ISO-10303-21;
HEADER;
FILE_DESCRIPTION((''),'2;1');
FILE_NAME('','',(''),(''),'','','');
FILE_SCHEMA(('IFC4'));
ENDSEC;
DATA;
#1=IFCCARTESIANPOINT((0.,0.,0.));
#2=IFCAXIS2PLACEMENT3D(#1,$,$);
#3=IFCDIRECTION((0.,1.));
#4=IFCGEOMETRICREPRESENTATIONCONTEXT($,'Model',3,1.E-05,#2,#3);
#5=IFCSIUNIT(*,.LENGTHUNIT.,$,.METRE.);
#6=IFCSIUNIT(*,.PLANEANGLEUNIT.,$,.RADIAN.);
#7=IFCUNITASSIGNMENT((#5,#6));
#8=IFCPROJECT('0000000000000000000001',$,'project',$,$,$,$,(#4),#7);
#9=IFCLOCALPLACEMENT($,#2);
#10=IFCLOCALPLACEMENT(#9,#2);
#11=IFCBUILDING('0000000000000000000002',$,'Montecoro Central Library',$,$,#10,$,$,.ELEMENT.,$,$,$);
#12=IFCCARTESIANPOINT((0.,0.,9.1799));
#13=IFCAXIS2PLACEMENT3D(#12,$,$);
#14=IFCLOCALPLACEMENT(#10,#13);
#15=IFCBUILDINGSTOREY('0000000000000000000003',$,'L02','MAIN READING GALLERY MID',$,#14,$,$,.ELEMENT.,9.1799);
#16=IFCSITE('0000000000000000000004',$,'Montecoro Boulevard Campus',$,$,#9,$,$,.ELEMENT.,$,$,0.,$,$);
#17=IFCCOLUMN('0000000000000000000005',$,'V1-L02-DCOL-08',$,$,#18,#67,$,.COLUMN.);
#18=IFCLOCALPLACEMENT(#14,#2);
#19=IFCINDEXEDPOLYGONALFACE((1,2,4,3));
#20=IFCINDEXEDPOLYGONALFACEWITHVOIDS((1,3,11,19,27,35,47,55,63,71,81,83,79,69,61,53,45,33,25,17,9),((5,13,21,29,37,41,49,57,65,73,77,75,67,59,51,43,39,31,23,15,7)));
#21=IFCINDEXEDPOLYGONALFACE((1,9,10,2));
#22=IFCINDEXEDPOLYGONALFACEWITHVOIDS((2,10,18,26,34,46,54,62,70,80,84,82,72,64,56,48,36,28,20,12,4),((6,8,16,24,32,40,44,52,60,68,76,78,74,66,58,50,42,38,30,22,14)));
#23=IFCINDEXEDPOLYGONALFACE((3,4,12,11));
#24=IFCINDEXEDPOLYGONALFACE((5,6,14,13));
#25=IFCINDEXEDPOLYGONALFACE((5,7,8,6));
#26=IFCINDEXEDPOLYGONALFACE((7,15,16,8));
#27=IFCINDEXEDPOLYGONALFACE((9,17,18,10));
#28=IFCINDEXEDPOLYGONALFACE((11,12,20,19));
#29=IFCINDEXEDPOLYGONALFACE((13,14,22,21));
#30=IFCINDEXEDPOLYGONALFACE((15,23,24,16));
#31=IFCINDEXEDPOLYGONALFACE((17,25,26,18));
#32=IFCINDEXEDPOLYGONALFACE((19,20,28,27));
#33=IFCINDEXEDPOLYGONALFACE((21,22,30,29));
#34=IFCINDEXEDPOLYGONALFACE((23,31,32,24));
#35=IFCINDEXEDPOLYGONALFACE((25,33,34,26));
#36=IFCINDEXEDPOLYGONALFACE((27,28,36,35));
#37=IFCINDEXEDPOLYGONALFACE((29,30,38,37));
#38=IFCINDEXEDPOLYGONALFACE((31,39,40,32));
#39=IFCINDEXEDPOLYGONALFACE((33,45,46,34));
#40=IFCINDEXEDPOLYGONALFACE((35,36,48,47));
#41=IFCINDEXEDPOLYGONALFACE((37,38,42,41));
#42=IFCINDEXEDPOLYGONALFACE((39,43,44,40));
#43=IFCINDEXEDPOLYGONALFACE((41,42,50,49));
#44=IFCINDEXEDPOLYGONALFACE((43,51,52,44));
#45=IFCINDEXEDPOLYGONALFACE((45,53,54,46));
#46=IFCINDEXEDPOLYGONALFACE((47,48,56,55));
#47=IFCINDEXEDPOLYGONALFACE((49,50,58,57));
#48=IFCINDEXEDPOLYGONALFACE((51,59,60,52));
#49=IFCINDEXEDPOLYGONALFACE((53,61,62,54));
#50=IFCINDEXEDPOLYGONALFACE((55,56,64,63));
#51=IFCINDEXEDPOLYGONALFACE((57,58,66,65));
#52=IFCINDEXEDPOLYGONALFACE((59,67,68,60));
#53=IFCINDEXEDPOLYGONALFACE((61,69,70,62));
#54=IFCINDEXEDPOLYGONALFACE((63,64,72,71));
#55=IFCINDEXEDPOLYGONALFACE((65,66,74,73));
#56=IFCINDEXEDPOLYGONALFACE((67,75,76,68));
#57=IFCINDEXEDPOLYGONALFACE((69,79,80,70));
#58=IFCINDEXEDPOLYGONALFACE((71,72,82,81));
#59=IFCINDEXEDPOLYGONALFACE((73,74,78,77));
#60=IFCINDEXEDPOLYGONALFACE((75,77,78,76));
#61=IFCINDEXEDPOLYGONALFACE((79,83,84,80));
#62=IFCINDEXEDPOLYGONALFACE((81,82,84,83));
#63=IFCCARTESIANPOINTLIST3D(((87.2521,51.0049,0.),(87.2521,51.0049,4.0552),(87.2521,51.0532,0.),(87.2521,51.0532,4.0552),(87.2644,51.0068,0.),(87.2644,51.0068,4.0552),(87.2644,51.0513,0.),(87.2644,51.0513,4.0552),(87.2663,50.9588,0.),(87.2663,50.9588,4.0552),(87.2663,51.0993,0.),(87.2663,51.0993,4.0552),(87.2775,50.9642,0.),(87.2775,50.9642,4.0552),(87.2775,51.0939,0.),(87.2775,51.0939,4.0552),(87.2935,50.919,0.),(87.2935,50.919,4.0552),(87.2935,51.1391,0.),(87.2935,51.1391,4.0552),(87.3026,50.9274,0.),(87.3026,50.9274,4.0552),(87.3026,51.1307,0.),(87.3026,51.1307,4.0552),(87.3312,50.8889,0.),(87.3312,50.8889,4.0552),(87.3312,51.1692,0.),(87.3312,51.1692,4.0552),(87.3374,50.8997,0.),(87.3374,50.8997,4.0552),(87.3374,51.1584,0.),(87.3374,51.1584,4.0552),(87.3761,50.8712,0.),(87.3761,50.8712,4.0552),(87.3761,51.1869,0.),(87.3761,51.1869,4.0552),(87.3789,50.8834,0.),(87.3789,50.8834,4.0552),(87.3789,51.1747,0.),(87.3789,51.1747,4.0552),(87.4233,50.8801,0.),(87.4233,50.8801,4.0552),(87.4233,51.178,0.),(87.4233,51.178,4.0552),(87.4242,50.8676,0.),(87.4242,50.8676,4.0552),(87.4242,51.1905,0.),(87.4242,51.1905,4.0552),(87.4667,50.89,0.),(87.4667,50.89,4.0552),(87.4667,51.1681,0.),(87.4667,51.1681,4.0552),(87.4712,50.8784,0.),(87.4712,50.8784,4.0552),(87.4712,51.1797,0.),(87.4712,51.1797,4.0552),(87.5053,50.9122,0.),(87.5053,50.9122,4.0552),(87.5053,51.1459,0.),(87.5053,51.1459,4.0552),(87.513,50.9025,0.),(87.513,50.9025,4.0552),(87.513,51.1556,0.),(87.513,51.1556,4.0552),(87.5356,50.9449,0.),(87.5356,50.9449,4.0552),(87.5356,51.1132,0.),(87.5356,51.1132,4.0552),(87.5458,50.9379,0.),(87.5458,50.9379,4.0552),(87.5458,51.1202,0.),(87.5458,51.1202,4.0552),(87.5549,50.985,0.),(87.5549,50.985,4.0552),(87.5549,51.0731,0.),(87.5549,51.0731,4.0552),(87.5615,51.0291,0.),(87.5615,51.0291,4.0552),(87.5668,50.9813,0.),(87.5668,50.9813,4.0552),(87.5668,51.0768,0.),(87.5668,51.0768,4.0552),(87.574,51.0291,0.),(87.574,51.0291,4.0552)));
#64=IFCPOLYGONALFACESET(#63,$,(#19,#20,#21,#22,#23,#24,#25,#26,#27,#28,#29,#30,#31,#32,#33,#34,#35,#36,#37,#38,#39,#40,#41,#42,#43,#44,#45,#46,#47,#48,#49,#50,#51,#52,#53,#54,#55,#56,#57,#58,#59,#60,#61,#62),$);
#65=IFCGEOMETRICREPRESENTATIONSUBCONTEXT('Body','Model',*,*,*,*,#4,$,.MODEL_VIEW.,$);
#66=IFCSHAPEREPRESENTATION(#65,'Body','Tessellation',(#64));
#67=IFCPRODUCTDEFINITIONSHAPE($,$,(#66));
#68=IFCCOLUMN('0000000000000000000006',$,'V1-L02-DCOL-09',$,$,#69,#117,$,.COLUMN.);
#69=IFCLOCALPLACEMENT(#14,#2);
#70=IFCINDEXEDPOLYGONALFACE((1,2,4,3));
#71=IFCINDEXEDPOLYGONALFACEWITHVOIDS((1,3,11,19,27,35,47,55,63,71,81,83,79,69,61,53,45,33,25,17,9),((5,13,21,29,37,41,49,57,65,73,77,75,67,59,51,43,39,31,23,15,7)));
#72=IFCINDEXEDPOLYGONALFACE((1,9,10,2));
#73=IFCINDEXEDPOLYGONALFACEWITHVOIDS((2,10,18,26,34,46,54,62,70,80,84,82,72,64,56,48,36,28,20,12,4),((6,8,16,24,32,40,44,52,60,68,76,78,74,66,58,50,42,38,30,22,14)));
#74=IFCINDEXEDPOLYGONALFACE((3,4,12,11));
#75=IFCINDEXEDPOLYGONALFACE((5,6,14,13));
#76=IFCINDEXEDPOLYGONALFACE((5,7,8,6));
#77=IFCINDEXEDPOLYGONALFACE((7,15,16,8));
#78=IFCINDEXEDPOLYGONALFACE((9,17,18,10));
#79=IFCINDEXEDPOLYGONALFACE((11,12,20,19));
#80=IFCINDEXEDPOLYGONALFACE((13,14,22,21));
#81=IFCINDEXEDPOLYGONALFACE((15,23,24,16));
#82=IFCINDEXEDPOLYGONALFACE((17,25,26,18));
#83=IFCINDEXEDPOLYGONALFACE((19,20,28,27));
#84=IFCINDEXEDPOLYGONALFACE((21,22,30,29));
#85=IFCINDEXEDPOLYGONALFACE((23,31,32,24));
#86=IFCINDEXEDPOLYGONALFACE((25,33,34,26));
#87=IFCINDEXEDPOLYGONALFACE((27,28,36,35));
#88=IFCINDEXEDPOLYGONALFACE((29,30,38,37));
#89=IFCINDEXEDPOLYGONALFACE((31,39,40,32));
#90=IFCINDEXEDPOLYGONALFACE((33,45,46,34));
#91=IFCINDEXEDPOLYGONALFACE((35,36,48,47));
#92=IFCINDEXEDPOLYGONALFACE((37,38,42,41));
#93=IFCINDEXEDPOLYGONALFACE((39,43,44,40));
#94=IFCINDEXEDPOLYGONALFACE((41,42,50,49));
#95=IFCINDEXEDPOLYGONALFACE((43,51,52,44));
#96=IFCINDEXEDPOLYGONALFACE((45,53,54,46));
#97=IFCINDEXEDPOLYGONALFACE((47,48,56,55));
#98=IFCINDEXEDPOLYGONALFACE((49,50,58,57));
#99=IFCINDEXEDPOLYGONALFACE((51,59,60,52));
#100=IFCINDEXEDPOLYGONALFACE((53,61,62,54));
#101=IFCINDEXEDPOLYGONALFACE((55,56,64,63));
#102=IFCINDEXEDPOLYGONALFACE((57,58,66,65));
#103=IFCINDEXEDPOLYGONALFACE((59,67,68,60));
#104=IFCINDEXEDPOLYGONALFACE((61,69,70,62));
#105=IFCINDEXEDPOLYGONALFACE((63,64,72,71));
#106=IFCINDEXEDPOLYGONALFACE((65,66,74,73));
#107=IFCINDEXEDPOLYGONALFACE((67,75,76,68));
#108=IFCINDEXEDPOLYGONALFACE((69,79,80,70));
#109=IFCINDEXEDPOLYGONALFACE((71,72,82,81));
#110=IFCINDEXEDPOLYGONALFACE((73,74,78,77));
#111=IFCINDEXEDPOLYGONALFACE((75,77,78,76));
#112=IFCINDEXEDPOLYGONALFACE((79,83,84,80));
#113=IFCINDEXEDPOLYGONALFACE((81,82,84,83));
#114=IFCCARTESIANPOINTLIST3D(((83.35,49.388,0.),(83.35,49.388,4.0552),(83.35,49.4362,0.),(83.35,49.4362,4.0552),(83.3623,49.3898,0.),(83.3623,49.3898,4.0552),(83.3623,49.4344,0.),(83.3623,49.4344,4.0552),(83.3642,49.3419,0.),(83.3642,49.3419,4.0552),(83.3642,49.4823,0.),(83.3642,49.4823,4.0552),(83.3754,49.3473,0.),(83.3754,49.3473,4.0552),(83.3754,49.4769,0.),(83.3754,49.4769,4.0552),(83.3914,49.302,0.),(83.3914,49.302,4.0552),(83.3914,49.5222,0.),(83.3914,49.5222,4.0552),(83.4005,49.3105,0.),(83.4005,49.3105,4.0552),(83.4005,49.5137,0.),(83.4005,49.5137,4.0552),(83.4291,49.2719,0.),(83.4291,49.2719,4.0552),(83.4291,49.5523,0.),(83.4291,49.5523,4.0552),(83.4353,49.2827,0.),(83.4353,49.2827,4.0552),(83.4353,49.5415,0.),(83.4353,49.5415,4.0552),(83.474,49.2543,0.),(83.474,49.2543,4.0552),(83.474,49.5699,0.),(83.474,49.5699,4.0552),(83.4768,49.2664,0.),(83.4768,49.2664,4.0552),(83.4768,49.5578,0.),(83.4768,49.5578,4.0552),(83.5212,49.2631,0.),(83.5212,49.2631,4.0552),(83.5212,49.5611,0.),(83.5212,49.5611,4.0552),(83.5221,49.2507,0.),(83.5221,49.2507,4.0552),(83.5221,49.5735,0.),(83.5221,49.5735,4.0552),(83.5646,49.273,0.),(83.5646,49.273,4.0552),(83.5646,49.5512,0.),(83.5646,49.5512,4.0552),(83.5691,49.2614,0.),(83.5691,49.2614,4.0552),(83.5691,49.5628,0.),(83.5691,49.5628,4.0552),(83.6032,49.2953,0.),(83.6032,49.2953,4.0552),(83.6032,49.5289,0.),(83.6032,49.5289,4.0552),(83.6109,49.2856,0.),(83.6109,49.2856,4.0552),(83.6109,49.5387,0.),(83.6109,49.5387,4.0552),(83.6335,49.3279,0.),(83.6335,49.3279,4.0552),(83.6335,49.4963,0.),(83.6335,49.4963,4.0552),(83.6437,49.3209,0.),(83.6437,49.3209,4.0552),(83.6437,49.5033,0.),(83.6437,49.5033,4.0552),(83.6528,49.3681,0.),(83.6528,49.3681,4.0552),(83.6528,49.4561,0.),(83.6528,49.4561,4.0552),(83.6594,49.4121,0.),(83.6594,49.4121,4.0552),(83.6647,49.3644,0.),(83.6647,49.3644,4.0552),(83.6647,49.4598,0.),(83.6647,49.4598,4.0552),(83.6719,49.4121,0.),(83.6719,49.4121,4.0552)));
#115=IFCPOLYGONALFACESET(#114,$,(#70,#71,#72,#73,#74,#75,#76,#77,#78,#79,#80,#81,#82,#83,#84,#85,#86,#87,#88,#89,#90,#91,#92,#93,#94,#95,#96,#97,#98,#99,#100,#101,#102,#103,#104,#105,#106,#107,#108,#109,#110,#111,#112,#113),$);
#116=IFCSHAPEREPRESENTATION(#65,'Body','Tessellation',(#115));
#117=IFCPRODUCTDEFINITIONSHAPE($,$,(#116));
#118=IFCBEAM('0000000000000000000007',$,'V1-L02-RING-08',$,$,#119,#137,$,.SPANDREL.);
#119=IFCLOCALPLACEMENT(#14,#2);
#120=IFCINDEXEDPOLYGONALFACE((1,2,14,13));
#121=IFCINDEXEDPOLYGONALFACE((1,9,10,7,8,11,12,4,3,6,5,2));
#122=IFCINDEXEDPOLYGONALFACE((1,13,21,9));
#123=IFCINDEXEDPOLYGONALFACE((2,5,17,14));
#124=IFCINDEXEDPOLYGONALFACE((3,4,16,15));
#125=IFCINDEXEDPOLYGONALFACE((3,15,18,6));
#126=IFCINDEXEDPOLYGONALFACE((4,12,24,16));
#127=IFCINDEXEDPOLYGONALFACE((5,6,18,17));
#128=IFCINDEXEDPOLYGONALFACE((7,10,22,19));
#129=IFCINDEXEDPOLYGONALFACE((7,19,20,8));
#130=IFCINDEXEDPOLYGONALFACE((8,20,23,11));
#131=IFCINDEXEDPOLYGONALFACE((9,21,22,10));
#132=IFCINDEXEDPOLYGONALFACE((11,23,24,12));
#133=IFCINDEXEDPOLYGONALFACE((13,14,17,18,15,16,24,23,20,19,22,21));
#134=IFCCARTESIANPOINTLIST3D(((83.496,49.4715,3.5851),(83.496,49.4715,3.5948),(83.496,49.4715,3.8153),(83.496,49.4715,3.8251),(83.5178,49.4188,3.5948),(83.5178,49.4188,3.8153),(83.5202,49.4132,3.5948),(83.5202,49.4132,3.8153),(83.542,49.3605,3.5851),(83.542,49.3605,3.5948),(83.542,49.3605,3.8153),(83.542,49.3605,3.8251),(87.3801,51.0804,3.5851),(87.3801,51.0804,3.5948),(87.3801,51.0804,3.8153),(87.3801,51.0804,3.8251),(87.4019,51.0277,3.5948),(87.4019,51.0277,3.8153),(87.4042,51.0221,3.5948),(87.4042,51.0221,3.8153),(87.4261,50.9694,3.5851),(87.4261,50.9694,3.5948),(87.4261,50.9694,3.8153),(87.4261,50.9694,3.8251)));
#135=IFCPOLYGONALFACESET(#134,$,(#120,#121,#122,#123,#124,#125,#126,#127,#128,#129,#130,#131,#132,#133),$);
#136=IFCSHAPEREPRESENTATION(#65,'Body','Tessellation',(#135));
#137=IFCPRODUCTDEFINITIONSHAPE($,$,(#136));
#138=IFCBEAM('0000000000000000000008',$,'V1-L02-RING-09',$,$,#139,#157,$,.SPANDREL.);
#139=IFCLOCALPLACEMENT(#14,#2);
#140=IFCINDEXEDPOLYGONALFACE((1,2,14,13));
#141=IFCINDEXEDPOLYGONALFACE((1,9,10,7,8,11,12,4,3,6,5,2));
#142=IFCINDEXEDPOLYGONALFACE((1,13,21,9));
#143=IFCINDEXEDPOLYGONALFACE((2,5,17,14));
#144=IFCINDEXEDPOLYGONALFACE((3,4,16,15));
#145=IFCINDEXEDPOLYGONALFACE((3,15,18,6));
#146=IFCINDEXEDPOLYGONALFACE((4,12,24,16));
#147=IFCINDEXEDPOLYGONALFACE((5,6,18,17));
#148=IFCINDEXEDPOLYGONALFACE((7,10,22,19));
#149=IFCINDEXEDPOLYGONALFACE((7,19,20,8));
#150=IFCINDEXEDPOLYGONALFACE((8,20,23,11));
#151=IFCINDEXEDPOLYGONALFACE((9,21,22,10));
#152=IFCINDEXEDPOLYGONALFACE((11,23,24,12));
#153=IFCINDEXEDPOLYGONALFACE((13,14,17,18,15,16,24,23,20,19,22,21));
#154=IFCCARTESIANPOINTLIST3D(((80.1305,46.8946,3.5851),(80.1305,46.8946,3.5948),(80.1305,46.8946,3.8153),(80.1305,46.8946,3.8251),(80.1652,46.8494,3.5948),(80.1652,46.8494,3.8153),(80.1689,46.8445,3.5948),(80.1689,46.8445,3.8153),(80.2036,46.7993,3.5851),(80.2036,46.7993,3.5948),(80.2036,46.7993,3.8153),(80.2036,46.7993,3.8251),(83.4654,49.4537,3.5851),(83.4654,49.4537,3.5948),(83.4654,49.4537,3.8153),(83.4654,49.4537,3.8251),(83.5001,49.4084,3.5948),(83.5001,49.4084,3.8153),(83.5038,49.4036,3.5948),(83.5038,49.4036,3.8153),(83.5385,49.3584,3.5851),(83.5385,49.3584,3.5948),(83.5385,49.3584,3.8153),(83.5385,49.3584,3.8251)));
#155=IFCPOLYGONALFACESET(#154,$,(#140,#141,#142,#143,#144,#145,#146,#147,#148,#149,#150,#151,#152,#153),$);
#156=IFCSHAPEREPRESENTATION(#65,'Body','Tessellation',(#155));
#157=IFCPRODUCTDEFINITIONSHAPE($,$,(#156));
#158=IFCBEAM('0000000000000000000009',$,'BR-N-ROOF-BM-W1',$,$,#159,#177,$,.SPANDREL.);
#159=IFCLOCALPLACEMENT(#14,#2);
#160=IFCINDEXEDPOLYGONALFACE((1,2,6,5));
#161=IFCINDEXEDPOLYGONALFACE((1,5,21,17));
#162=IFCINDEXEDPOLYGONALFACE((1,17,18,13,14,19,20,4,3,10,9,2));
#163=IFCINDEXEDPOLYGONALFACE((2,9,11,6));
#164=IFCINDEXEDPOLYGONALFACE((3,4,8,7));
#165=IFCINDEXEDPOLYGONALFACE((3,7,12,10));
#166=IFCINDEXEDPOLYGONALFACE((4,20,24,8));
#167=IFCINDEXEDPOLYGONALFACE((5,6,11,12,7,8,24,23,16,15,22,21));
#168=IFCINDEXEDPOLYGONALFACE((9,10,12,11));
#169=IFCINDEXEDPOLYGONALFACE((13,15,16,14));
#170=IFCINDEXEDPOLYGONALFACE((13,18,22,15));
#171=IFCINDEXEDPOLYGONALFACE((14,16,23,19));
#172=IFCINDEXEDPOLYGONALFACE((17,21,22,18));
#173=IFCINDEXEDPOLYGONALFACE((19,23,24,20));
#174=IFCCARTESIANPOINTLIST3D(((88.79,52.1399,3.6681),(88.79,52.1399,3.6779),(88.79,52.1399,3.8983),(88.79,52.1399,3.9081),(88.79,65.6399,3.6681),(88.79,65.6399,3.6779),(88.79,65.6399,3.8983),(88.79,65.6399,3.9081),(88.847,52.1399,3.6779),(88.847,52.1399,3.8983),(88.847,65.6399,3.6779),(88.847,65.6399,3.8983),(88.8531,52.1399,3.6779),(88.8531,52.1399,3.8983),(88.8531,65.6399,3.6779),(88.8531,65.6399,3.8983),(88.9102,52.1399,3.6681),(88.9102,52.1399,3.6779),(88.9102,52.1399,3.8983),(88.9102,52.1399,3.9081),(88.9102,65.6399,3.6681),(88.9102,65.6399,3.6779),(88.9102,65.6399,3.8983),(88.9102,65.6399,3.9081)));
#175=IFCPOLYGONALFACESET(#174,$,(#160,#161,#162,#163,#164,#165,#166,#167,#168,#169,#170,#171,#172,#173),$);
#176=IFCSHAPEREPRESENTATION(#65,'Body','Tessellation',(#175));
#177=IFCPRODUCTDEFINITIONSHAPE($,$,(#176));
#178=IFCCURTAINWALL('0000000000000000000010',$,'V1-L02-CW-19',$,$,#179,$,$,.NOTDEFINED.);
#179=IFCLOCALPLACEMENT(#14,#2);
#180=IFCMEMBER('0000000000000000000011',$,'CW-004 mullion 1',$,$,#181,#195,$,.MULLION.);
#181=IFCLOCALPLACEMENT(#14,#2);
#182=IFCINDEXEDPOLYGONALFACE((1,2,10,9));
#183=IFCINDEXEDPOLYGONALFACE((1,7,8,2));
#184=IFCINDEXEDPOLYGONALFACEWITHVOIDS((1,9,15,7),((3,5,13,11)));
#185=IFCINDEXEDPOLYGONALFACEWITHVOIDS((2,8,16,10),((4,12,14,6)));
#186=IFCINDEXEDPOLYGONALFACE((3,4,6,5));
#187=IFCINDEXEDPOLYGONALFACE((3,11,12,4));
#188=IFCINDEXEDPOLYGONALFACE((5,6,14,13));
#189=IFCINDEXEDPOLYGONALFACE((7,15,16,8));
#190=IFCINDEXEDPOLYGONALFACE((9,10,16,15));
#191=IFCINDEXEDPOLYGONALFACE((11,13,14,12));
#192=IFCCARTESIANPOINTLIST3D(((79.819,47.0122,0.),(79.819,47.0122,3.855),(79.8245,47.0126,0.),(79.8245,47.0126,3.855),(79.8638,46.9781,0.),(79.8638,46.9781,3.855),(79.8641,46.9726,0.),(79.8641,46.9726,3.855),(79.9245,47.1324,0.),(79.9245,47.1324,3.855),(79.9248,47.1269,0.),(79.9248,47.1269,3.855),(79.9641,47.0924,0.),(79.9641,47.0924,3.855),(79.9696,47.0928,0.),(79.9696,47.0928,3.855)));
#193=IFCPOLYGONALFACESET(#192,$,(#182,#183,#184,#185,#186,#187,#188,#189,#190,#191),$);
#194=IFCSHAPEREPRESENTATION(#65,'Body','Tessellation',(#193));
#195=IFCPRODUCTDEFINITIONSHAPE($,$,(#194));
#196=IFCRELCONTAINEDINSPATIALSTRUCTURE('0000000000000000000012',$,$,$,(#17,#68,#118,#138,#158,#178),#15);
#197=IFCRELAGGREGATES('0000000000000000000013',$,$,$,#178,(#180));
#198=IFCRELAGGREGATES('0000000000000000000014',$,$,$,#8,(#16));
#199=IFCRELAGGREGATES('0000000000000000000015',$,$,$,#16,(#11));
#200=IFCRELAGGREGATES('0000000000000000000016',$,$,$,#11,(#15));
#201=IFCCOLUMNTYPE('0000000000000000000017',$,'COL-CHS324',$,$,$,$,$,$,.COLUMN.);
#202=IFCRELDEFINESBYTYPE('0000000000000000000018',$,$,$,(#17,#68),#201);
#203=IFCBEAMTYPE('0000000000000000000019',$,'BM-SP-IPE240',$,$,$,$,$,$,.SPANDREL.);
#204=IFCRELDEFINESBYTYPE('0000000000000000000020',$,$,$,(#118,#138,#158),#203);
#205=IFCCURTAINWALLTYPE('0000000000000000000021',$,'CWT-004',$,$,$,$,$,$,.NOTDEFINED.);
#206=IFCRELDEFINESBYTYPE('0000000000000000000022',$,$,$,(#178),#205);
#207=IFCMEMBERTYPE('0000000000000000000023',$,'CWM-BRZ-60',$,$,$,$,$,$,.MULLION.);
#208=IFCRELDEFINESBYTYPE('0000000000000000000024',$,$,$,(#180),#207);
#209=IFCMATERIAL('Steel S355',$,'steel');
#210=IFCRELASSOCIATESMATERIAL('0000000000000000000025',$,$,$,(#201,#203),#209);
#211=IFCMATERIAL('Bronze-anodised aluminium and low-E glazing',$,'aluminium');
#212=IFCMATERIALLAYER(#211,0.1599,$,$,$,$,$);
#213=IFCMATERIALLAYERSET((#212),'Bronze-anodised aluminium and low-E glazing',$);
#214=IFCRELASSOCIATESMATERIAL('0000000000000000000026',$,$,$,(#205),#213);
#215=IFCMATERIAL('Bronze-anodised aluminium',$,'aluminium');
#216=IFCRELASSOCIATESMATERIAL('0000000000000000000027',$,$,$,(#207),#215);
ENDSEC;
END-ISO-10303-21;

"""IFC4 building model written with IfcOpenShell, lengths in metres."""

from ifc_helpers import new_model, si_unit, direction, frame, origin, origin_2d, place, context, subcontext, project, spatial, hollow_rectangle, hollow_circle, i_section, extrude, material, layer, layer_set, material_profile, profile_set, type_object, element, aggregate, save


model = new_model("IFC4")

# Units and contexts
model_context = context("Model", 3, precision=1e-05, world=origin(), true_north=direction((0.0, 1.0)))
body_context = subcontext(model_context, "Body", "Model", "MODEL_VIEW")
ifc_project = project(units=[si_unit("LENGTHUNIT", "METRE"), si_unit("PLANEANGLEUNIT", "RADIAN")], contexts=[model_context])

# Site, building, storey
site_placement = place(None, origin())
site = spatial("IfcSite", under=ifc_project, at=site_placement, Name="Montecoro Boulevard Campus", CompositionType="ELEMENT", RefElevation=0.0)
building_placement = place(site_placement, origin())
building = spatial("IfcBuilding", under=site, at=building_placement, Name="Montecoro Central Library", CompositionType="ELEMENT")
storey_placement = place(building_placement, frame((0.0, 0.0, 9.1799)))
storey = spatial("IfcBuildingStorey", under=building, at=storey_placement, Name="L02", Description="MAIN READING GALLERY MID", CompositionType="ELEMENT", Elevation=9.1799)

# Columns
ifc_material_1 = material(Name="Steel S355", Category="steel")
ifc_material_profile_1 = material_profile(ifc_material_1, hollow_circle(Radius=0.1619, WallThickness=0.0125, at=origin_2d()), Name="CHS 323.9x12.5")
ifc_profile_set_1 = profile_set([ifc_material_profile_1], Name="Steel S355")
column_type = type_object("IfcColumnType", Name="COL-CHS324", PredefinedType="COLUMN", material=ifc_profile_set_1)
for number, where, z_axis, x_axis, name in (
    (1, (87.4121, 51.0291, 0.0), (0.0, 0.0, 1.0), (1.0, 0.0, 0.0), "V1-L02-DCOL-08"),
    (2, (83.51, 49.4121, 0.0), (0.0, 0.0, 1.0), (1.0, 0.0, 0.0), "V1-L02-DCOL-09"),
):
    element("IfcColumn", number, at=place(storey_placement, frame(where, z_axis=z_axis, x_axis=x_axis)), inside=storey, type_object=column_type, Name=name, PredefinedType="COLUMN", context=body_context, shape_type="SweptSolid", body=[
        extrude(hollow_circle(Radius=0.1619, WallThickness=0.0125, at=origin_2d()), origin(), (0.0, 0.0, 1.0), 4.0552),
    ])

# Beams
ifc_material_profile_2 = material_profile(ifc_material_1, i_section(OverallWidth=0.1201, OverallDepth=0.24, WebThickness=0.0061, FlangeThickness=0.0098, at=origin_2d()), Name="IPE 240")
ifc_profile_set_2 = profile_set([ifc_material_profile_2], Name="Steel S355")
beam_type = type_object("IfcBeamType", Name="BM-SP-IPE240", PredefinedType="SPANDREL", material=ifc_profile_set_2)
beam_1_placement = place(storey_placement, frame((87.4031, 51.0249, 3.7051), z_axis=(-0.923874, -0.382697, 0.0), x_axis=(0.382697, -0.923874, 0.0)))
element("IfcBeam", 3, at=beam_1_placement, inside=storey, type_object=beam_type, Name="V1-L02-RING-08", PredefinedType="SPANDREL", context=body_context, shape_type="SweptSolid", body=[
    extrude(i_section(OverallWidth=0.1201, OverallDepth=0.24, WebThickness=0.0061, FlangeThickness=0.0098, at=origin_2d()), origin(), (0.0, 0.0, 1.0), 4.2041),
])
beam_2_placement = place(storey_placement, frame((83.502, 49.406, 3.7051), z_axis=(-0.793345, -0.608773, 0.0), x_axis=(0.608773, -0.793345, 0.0)))
element("IfcBeam", 4, at=beam_2_placement, inside=storey, type_object=beam_type, Name="V1-L02-RING-09", PredefinedType="SPANDREL", context=body_context, shape_type="SweptSolid", body=[
    extrude(i_section(OverallWidth=0.1201, OverallDepth=0.24, WebThickness=0.0061, FlangeThickness=0.0098, at=origin_2d()), origin(), (0.0, 0.0, 1.0), 4.2036),
])
beam_3_placement = place(storey_placement, frame((88.8501, 52.1399, 3.7881), z_axis=(0.0, 1.0, 0.0), x_axis=(-1.0, 0.0, 0.0)))
element("IfcBeam", 5, at=beam_3_placement, inside=storey, type_object=beam_type, Name="BR-N-ROOF-BM-W1", PredefinedType="SPANDREL", context=body_context, shape_type="SweptSolid", body=[
    extrude(i_section(OverallWidth=0.1201, OverallDepth=0.24, WebThickness=0.0061, FlangeThickness=0.0098, at=origin_2d()), origin(), (0.0, 0.0, 1.0), 13.5),
])

# Curtain wall, member
ifc_material_2 = material(Name="Bronze-anodised aluminium and low-E glazing", Category="aluminium")
ifc_layer_1 = layer(ifc_material_2, 0.1599)
ifc_layer_set_1 = layer_set([ifc_layer_1], Name="Bronze-anodised aluminium and low-E glazing")
curtain_wall_type = type_object("IfcCurtainWallType", Name="CWT-004", PredefinedType="NOTDEFINED", material=ifc_layer_set_1)
curtain_wall_placement = place(storey_placement, origin())
curtain_wall = element("IfcCurtainWall", 6, at=curtain_wall_placement, inside=storey, type_object=curtain_wall_type, Name="V1-L02-CW-19", PredefinedType="NOTDEFINED")
ifc_material_3 = material(Name="Bronze-anodised aluminium", Category="aluminium")
ifc_material_profile_3 = material_profile(ifc_material_3, hollow_rectangle(XDim=0.0601, YDim=0.1599, WallThickness=0.0039, at=origin_2d()), Name="CWM 160x60x4.0")
ifc_profile_set_3 = profile_set([ifc_material_profile_3], Name="Bronze-anodised aluminium")
member_type = type_object("IfcMemberType", Name="CWM-BRZ-60", PredefinedType="MULLION", material=ifc_profile_set_3)
member_placement = place(storey_placement, frame((79.8943, 47.0525, 0.0), z_axis=(0.0, 0.0, 1.0), x_axis=(0.751536, -0.659692, 0.0)))
member = element("IfcMember", 7, at=member_placement, type_object=member_type, Name="CW-004 mullion 1", PredefinedType="MULLION", context=body_context, shape_type="SweptSolid", body=[
    extrude(hollow_rectangle(XDim=0.0601, YDim=0.1599, WallThickness=0.0039, at=origin_2d()), origin(), (0.0, 0.0, 1.0), 3.855),
])
aggregate(curtain_wall, [member])

save(model, "model.ifc")
